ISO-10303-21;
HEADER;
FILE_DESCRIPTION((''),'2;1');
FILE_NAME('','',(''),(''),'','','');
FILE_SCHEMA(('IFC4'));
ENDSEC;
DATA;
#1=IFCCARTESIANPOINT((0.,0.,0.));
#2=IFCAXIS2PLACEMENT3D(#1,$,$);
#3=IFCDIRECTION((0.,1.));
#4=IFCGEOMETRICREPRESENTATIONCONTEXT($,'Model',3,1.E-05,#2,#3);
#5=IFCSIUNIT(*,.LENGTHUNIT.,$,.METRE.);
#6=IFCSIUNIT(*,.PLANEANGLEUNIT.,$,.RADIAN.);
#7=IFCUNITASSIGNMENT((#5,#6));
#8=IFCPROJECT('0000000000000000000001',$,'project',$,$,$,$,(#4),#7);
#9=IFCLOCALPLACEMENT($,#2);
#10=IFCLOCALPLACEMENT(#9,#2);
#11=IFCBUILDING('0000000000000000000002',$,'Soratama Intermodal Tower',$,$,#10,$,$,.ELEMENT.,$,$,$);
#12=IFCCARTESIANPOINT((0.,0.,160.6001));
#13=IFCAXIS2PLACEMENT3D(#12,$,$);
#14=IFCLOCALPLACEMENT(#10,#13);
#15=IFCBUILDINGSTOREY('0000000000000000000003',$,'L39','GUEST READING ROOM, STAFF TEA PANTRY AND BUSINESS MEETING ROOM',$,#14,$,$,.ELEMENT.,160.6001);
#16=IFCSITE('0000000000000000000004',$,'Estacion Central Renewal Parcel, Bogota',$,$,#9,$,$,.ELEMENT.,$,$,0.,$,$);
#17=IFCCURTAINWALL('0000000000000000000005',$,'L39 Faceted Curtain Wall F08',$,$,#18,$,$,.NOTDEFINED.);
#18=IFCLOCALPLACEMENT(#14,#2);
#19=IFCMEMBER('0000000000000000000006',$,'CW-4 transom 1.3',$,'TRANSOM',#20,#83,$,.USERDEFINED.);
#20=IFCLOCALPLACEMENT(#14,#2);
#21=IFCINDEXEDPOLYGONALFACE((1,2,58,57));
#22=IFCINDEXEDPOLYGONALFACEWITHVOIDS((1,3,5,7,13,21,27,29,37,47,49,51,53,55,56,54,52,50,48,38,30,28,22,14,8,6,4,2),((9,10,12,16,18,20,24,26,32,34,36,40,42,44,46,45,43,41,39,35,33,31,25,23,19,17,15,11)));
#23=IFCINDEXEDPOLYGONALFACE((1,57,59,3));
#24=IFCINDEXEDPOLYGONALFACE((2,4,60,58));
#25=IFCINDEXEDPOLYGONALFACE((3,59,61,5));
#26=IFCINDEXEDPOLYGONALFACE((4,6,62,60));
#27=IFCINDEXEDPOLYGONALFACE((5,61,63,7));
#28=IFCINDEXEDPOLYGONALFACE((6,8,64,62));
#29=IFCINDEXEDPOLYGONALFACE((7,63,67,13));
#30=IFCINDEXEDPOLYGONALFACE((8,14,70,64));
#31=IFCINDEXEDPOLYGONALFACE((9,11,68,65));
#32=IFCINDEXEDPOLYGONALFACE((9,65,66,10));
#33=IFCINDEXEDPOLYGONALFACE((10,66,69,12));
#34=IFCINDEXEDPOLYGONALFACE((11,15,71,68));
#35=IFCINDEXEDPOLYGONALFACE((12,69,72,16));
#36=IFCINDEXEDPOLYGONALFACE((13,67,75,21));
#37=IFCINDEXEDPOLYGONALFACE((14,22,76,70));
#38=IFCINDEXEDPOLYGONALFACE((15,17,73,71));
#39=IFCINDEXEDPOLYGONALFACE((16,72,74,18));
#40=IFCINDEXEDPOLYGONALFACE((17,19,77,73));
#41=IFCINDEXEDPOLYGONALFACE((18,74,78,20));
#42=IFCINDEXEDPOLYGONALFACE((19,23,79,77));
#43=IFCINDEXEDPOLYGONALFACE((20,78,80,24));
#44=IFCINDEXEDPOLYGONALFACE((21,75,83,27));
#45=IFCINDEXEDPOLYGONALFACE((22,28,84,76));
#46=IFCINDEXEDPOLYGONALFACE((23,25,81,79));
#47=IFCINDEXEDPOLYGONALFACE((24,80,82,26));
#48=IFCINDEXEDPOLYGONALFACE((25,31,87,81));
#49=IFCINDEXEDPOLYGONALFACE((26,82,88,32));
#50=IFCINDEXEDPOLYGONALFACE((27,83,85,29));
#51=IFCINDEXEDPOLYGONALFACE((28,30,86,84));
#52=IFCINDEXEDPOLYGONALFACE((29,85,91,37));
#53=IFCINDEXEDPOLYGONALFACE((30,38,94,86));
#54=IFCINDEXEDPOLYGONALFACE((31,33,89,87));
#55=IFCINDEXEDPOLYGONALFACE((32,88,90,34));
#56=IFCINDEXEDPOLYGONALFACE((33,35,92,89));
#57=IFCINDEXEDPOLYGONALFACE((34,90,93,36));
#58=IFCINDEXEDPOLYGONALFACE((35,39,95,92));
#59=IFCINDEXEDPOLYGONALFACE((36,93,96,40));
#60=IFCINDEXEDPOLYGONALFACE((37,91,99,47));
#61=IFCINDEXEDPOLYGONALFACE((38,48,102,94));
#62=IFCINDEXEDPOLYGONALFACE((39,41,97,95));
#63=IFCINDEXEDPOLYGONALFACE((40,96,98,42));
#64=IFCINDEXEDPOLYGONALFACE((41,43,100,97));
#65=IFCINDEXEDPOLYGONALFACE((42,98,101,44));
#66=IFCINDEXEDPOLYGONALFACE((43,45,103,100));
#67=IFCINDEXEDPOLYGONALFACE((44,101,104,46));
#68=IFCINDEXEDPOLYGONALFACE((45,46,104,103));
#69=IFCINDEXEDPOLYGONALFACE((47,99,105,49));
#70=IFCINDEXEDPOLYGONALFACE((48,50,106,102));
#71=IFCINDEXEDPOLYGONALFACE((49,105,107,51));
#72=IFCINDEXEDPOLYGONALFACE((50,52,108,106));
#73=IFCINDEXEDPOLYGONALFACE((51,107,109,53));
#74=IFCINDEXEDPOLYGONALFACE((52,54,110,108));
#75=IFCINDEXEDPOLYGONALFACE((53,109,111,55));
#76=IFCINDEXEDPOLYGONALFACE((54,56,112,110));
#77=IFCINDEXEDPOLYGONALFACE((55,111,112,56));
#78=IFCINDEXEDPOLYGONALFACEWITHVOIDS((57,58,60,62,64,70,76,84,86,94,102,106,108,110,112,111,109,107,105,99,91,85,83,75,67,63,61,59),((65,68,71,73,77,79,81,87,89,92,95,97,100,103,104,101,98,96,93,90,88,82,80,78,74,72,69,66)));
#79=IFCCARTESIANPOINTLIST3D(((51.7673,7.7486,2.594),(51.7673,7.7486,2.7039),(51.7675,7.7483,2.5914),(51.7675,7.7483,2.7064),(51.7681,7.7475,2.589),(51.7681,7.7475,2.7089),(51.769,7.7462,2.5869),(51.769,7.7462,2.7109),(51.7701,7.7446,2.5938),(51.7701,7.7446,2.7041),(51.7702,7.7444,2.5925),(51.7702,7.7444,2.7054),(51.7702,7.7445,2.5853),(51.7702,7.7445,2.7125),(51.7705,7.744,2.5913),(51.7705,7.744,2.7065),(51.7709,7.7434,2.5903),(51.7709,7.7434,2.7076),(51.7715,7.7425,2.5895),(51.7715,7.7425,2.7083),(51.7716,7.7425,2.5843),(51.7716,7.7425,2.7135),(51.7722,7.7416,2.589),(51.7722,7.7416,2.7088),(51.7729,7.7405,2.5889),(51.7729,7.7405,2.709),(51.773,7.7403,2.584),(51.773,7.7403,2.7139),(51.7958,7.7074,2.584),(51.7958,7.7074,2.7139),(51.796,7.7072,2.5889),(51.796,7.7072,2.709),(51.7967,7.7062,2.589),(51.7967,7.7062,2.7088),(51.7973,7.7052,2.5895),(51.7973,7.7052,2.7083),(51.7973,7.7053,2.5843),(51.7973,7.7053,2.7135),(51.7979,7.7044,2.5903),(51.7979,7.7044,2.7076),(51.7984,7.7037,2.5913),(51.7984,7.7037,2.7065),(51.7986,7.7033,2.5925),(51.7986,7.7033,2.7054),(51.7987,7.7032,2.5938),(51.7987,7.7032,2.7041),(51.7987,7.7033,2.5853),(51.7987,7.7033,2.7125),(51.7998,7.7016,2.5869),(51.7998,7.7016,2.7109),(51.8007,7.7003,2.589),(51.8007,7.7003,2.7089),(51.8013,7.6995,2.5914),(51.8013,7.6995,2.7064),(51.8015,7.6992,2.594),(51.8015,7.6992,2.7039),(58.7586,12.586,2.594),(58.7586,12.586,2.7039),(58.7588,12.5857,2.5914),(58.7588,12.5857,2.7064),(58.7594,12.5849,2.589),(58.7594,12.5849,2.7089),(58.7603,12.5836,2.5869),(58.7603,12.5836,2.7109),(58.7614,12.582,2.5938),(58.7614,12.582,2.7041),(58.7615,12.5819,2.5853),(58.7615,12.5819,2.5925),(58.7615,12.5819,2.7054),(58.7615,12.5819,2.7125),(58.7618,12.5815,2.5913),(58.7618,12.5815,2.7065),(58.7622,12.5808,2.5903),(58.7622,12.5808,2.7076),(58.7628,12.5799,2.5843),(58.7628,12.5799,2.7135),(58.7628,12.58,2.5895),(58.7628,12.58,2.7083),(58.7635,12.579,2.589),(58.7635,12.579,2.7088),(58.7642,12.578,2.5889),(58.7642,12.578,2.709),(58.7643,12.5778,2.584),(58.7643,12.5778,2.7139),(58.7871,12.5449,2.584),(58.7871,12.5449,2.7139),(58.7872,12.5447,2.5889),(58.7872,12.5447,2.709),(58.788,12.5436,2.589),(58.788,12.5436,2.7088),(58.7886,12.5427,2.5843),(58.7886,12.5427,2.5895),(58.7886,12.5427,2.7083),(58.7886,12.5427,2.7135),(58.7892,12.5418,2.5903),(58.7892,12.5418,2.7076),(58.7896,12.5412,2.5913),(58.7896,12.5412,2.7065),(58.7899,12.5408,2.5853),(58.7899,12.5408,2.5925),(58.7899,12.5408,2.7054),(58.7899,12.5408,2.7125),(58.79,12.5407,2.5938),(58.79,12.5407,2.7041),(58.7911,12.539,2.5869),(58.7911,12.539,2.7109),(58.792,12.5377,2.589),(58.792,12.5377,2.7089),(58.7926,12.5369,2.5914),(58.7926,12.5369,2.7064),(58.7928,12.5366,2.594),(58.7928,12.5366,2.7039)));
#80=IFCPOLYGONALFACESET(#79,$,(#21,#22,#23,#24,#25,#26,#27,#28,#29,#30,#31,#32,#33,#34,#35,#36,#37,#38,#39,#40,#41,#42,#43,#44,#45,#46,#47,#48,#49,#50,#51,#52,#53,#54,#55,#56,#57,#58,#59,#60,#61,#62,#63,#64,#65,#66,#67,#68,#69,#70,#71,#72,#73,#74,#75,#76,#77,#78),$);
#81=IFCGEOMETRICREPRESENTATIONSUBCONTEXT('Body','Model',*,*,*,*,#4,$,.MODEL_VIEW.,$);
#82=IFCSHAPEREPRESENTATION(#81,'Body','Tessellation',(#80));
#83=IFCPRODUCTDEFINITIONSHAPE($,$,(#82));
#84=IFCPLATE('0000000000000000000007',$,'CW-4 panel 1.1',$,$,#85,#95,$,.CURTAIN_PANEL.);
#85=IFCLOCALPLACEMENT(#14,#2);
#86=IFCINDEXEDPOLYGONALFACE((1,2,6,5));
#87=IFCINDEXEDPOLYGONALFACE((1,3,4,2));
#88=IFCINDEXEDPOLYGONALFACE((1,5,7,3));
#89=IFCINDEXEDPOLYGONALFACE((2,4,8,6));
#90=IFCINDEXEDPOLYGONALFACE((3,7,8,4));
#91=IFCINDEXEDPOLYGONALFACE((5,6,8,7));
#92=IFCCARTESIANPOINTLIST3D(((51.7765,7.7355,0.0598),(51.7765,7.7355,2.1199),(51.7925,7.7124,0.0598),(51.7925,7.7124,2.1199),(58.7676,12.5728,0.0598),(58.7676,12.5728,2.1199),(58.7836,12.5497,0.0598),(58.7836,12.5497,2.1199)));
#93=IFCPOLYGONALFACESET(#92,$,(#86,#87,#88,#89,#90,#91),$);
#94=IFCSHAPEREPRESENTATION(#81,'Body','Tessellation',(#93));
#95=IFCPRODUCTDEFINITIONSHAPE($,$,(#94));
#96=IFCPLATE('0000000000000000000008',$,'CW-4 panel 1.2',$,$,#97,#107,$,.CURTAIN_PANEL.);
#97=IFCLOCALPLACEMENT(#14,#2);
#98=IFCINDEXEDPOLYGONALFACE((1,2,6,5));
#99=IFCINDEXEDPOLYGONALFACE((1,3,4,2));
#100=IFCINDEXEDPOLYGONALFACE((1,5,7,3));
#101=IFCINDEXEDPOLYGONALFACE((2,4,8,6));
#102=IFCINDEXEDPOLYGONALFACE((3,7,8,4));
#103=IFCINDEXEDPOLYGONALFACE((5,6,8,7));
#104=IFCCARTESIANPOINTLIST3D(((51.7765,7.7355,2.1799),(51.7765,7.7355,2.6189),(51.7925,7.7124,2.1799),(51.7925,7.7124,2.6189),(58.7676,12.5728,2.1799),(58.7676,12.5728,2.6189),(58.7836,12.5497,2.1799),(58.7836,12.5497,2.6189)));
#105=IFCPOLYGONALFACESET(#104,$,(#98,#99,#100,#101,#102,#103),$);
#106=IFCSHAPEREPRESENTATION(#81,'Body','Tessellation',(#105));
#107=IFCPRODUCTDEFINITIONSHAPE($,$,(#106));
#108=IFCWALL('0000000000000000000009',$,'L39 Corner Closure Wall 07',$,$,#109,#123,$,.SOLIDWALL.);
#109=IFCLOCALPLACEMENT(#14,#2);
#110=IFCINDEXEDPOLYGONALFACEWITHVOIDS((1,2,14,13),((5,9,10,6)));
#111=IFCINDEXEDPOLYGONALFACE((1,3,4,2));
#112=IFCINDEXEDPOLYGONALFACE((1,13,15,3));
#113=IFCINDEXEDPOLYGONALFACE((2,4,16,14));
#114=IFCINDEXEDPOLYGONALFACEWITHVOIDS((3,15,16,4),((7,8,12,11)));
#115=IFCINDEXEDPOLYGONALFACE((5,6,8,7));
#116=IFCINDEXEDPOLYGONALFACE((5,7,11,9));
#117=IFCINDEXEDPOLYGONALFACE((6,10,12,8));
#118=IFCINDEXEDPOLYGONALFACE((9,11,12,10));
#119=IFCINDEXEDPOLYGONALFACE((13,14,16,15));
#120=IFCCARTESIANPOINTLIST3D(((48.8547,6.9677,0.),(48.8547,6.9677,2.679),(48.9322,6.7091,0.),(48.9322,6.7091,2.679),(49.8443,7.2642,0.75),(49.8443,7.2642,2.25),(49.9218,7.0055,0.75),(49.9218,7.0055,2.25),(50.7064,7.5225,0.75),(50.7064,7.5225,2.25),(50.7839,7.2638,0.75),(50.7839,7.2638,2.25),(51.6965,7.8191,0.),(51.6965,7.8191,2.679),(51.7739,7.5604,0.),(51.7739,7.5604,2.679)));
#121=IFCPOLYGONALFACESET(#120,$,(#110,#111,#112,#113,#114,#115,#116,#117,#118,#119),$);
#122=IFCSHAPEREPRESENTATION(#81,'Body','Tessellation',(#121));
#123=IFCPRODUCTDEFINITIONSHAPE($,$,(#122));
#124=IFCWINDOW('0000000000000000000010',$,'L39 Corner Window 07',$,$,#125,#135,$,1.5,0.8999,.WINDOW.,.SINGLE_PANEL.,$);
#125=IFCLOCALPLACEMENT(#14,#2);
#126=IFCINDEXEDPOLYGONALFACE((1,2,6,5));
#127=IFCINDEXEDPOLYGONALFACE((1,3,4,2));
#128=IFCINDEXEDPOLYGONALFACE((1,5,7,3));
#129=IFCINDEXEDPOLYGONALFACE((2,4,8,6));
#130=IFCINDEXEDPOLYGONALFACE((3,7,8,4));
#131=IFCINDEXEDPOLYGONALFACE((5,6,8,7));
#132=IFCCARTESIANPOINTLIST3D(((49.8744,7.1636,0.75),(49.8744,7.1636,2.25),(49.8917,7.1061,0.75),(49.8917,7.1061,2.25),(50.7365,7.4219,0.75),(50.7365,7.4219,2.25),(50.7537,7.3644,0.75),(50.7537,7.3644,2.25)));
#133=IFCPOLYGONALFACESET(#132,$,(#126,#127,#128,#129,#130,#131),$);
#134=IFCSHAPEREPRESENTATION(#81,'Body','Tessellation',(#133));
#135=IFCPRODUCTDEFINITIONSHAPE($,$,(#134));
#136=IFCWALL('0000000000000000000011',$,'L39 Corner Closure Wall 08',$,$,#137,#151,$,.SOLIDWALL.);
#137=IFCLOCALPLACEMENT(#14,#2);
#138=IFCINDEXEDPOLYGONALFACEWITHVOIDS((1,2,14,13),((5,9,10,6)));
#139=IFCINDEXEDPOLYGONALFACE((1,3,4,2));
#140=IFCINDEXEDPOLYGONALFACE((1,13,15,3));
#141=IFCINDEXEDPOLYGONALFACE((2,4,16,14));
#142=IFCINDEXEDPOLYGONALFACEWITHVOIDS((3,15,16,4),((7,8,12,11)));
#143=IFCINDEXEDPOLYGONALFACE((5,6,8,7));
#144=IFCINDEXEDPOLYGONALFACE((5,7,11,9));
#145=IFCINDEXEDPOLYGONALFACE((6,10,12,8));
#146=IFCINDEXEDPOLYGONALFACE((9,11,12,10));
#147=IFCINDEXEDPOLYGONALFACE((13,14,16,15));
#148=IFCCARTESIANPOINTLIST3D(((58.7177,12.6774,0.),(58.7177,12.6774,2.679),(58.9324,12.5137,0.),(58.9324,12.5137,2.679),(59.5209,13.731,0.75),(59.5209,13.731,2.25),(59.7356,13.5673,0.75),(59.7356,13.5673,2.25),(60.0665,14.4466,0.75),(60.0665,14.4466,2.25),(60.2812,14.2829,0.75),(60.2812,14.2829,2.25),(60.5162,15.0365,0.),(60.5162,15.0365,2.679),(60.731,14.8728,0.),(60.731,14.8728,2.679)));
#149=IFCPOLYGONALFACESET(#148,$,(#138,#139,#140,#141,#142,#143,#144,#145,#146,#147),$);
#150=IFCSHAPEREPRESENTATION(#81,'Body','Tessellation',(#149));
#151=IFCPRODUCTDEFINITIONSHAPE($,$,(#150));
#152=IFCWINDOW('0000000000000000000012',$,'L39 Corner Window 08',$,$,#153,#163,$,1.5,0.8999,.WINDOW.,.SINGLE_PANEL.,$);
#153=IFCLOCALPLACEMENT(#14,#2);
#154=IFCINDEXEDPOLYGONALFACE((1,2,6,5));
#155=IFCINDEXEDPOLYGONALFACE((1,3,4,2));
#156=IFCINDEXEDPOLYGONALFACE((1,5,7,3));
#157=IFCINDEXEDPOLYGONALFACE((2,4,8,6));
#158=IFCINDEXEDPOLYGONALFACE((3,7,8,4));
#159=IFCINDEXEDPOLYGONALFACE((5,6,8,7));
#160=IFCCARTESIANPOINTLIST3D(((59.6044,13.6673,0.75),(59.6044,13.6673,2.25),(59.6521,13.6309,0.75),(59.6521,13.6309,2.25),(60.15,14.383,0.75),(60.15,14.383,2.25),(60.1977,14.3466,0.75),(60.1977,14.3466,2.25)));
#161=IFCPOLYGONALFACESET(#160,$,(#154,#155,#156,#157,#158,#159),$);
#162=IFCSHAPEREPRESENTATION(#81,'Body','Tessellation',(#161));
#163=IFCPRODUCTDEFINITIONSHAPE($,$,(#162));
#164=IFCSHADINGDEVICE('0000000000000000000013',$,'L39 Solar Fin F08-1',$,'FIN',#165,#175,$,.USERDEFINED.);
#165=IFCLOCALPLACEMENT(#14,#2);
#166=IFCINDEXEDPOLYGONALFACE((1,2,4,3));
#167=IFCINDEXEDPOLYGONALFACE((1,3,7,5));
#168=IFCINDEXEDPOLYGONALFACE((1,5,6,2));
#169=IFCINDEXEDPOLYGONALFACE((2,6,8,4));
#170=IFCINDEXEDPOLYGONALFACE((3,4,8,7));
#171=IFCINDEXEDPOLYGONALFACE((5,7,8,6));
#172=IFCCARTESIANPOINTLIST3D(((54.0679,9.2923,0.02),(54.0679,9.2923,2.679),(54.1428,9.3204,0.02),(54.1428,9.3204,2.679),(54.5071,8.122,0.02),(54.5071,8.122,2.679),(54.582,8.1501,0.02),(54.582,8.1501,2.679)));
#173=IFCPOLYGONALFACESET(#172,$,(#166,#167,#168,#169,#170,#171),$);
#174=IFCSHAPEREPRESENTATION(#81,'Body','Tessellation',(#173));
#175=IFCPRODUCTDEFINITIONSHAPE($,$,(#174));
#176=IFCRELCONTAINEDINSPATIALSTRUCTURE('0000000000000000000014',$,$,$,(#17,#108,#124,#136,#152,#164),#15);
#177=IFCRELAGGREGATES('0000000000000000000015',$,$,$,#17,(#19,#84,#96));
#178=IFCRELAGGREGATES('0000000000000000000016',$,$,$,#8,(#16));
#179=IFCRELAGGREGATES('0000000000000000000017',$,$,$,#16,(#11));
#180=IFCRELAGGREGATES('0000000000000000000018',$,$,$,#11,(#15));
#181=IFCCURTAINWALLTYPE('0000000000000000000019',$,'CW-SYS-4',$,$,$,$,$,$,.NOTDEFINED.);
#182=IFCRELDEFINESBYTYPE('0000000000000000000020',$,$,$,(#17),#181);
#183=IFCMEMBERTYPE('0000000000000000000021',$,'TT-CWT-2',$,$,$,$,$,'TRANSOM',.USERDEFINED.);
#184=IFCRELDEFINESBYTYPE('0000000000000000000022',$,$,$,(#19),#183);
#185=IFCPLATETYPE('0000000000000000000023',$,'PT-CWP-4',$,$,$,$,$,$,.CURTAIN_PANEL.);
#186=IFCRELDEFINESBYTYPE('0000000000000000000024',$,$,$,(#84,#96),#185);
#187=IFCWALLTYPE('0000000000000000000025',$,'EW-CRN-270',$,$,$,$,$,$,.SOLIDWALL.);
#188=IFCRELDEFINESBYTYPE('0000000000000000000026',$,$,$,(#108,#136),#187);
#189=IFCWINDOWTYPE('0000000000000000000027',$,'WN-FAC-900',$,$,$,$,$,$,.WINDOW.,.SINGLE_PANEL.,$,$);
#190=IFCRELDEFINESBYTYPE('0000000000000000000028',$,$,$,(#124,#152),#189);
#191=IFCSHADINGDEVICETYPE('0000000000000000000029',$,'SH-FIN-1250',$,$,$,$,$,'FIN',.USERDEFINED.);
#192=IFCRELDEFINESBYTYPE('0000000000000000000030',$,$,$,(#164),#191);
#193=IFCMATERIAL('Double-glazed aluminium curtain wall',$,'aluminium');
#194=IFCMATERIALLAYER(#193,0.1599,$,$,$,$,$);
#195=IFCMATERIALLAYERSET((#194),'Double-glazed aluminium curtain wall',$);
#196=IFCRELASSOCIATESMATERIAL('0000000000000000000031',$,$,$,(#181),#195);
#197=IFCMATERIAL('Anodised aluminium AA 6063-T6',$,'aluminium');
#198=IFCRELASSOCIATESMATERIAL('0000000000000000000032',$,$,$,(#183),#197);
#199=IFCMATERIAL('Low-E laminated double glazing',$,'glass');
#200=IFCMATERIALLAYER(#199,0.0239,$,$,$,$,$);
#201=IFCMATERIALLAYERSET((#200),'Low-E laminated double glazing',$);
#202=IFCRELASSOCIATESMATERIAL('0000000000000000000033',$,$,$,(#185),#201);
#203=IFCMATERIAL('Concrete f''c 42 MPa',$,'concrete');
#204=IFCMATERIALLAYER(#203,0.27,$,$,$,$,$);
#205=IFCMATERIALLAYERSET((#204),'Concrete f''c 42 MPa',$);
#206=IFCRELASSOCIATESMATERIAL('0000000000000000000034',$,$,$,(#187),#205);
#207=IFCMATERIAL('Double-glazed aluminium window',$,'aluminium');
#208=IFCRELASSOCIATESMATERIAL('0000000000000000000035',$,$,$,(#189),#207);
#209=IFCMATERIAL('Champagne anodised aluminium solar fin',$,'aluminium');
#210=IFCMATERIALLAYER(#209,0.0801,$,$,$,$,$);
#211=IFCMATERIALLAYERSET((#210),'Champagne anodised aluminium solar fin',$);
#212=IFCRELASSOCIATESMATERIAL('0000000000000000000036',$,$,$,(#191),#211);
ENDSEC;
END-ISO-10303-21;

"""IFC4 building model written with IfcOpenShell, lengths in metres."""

from ifc_helpers import new_model, si_unit, direction, frame, frame_2d, origin, origin_2d, place, context, subcontext, project, spatial, rectangle, hollow_rectangle, extrude, material, layer, layer_set, material_profile, profile_set, type_object, element, fill, aggregate, save


model = new_model("IFC4")

# Units and contexts
model_context = context("Model", 3, precision=1e-05, world=origin(), true_north=direction((0.0, 1.0)))
body_context = subcontext(model_context, "Body", "Model", "MODEL_VIEW")
ifc_project = project(units=[si_unit("LENGTHUNIT", "METRE"), si_unit("PLANEANGLEUNIT", "RADIAN")], contexts=[model_context])

# Site, building, storey
site_placement = place(None, origin())
site = spatial("IfcSite", under=ifc_project, at=site_placement, Name="Estacion Central Renewal Parcel, Bogota", CompositionType="ELEMENT", RefElevation=0.0)
building_placement = place(site_placement, origin())
building = spatial("IfcBuilding", under=site, at=building_placement, Name="Soratama Intermodal Tower", CompositionType="ELEMENT")
storey_placement = place(building_placement, frame((0.0, 0.0, 160.6001)))
storey = spatial("IfcBuildingStorey", under=building, at=storey_placement, Name="L39", Description="GUEST READING ROOM, STAFF TEA PANTRY AND BUSINESS MEETING ROOM", CompositionType="ELEMENT", Elevation=160.6001)

# Curtain wall, member, plates
ifc_material_1 = material(Name="Double-glazed aluminium curtain wall", Category="aluminium")
ifc_layer_1 = layer(ifc_material_1, 0.1599)
ifc_layer_set_1 = layer_set([ifc_layer_1], Name="Double-glazed aluminium curtain wall")
curtain_wall_type = type_object("IfcCurtainWallType", Name="CW-SYS-4", PredefinedType="NOTDEFINED", material=ifc_layer_set_1)
curtain_wall_placement = place(storey_placement, origin())
curtain_wall = element("IfcCurtainWall", 1, at=curtain_wall_placement, inside=storey, type_object=curtain_wall_type, Name="L39 Faceted Curtain Wall F08", PredefinedType="NOTDEFINED")
ifc_material_2 = material(Name="Anodised aluminium AA 6063-T6", Category="aluminium")
ifc_material_profile_1 = material_profile(ifc_material_2, hollow_rectangle(XDim=0.0601, YDim=0.1299, WallThickness=0.0049, InnerFilletRadius=0.0049, OuterFilletRadius=0.01, at=origin_2d()), Name="CWT130X60X5")
ifc_profile_set_1 = profile_set([ifc_material_profile_1], Name="Anodised aluminium AA 6063-T6")
member_type_1 = type_object("IfcMemberType", Name="TT-CWT-2", ElementType="TRANSOM", PredefinedType="USERDEFINED", material=ifc_profile_set_1)
member_1_placement = place(storey_placement, frame((51.7844, 7.7239, 2.6489), z_axis=(0.822339, 0.568998, 0.0), x_axis=(-0.568998, 0.822339, 0.0)))
member_1 = element("IfcMember", 2, at=member_1_placement, type_object=member_type_1, Name="CW-4 transom 1.3", ObjectType="TRANSOM", PredefinedType="USERDEFINED", context=body_context, shape_type="SweptSolid", body=[
    extrude(hollow_rectangle(XDim=0.0601, YDim=0.1299, WallThickness=0.0049, InnerFilletRadius=0.0049, OuterFilletRadius=0.01, at=origin_2d()), origin(), (0.0, 0.0, 1.0), 8.5017),
])
ifc_material_3 = material(Name="Low-E laminated double glazing", Category="glass")
ifc_layer_2 = layer(ifc_material_3, 0.0239)
ifc_layer_set_2 = layer_set([ifc_layer_2], Name="Low-E laminated double glazing")
plate_type = type_object("IfcPlateType", Name="PT-CWP-4", PredefinedType="CURTAIN_PANEL", material=ifc_layer_set_2)
plate_1_placement = place(storey_placement, frame((55.28, 10.1426, 0.0598), z_axis=(0.0, 0.0, 1.0), x_axis=(0.822344, 0.568991, 0.0)))
plate_1 = element("IfcPlate", 3, at=plate_1_placement, type_object=plate_type, Name="CW-4 panel 1.1", PredefinedType="CURTAIN_PANEL", context=body_context, shape_type="SweptSolid", body=[
    extrude(rectangle(XDim=8.5015, YDim=0.0281, at=origin_2d()), origin(), (0.0, 0.0, 1.0), 2.0601),
])
plate_2_placement = place(storey_placement, frame((55.28, 10.1426, 2.1799), z_axis=(0.0, 0.0, 1.0), x_axis=(0.822344, 0.568991, 0.0)))
plate_2 = element("IfcPlate", 4, at=plate_2_placement, type_object=plate_type, Name="CW-4 panel 1.2", PredefinedType="CURTAIN_PANEL", context=body_context, shape_type="SweptSolid", body=[
    extrude(rectangle(XDim=8.5015, YDim=0.0281, at=origin_2d()), origin(), (0.0, 0.0, 1.0), 0.439),
])
aggregate(curtain_wall, [member_1, plate_1, plate_2])

# Walls, openings, windows
ifc_material_4 = material(Name="Concrete f'c 42 MPa", Category="concrete")
ifc_layer_3 = layer(ifc_material_4, 0.27)
ifc_layer_set_3 = layer_set([ifc_layer_3], Name="Concrete f'c 42 MPa")
wall_type = type_object("IfcWallType", Name="EW-CRN-270", PredefinedType="SOLIDWALL", material=ifc_layer_set_3)
wall_1_placement = place(storey_placement, frame((48.8933, 6.8384, 0.0), z_axis=(0.0, 0.0, 1.0), x_axis=(0.957939, 0.28697, 0.0)))
wall_1 = element("IfcWall", 5, at=wall_1_placement, inside=storey, type_object=wall_type, Name="L39 Corner Closure Wall 07", PredefinedType="SOLIDWALL", context=body_context, shape_type="SweptSolid", body=[
    extrude(rectangle(XDim=2.9666, YDim=0.27, at=frame_2d((1.4834, 0.0))), origin(), (0.0, 0.0, 1.0), 2.679),
])
opening_1_placement = place(wall_1_placement, frame((1.0332, 0.0, 0.75)))
opening_1 = element("IfcOpeningElement", 6, at=opening_1_placement, cuts=wall_1, PredefinedType="OPENING", context=body_context, shape_type="SweptSolid", body=[
    extrude(rectangle(XDim=0.8999, YDim=1.5, at=frame_2d((0.45, 0.75))), frame((0.0, 0.145, 0.0), z_axis=(0.0, -1.0, 0.0), x_axis=(1.0, 0.0, 0.0)), (0.0, 0.0, 1.0), 0.29),
])
ifc_material_5 = material(Name="Double-glazed aluminium window", Category="aluminium")
window_type = type_object("IfcWindowType", Name="WN-FAC-900", PartitioningType="SINGLE_PANEL", PredefinedType="WINDOW", material=ifc_material_5)
window_1_placement = place(opening_1_placement, origin())
window_1 = element("IfcWindow", 7, at=window_1_placement, inside=storey, type_object=window_type, Name="L39 Corner Window 07", OverallHeight=1.5, OverallWidth=0.8999, PartitioningType="SINGLE_PANEL", PredefinedType="WINDOW", context=body_context, shape_type="SweptSolid", body=[
    extrude(rectangle(XDim=0.8999, YDim=1.5, at=frame_2d((0.45, 0.75))), frame((0.0, 0.03, 0.0), z_axis=(0.0, -1.0, 0.0), x_axis=(1.0, 0.0, 0.0)), (0.0, 0.0, 1.0), 0.0601),
])
fill(opening_1, window_1)
wall_2_placement = place(storey_placement, frame((58.825, 12.5955, 0.0), z_axis=(0.0, 0.0, 1.0), x_axis=(0.606289, 0.795245, 0.0)))
wall_2 = element("IfcWall", 8, at=wall_2_placement, inside=storey, type_object=wall_type, Name="L39 Corner Closure Wall 08", PredefinedType="SOLIDWALL", context=body_context, shape_type="SweptSolid", body=[
    extrude(rectangle(XDim=2.9666, YDim=0.27, at=frame_2d((1.4834, 0.0))), origin(), (0.0, 0.0, 1.0), 2.679),
])
opening_2_placement = place(wall_2_placement, frame((1.325, 0.0, 0.75)))
opening_2 = element("IfcOpeningElement", 9, at=opening_2_placement, cuts=wall_2, PredefinedType="OPENING", context=body_context, shape_type="SweptSolid", body=[
    extrude(rectangle(XDim=0.8999, YDim=1.5, at=frame_2d((0.45, 0.75))), frame((0.0, 0.145, 0.0), z_axis=(0.0, -1.0, 0.0), x_axis=(1.0, 0.0, 0.0)), (0.0, 0.0, 1.0), 0.29),
])
window_2_placement = place(opening_2_placement, origin())
window_2 = element("IfcWindow", 10, at=window_2_placement, inside=storey, type_object=window_type, Name="L39 Corner Window 08", OverallHeight=1.5, OverallWidth=0.8999, PartitioningType="SINGLE_PANEL", PredefinedType="WINDOW", context=body_context, shape_type="SweptSolid", body=[
    extrude(rectangle(XDim=0.8999, YDim=1.5, at=frame_2d((0.45, 0.75))), frame((0.0, 0.03, 0.0), z_axis=(0.0, -1.0, 0.0), x_axis=(1.0, 0.0, 0.0)), (0.0, 0.0, 1.0), 0.0601),
])
fill(opening_2, window_2)

# Shading device
ifc_material_6 = material(Name="Champagne anodised aluminium solar fin", Category="aluminium")
ifc_layer_4 = layer(ifc_material_6, 0.0801)
ifc_layer_set_4 = layer_set([ifc_layer_4], Name="Champagne anodised aluminium solar fin")
shading_device_type = type_object("IfcShadingDeviceType", Name="SH-FIN-1250", ElementType="FIN", PredefinedType="USERDEFINED", material=ifc_layer_set_4)
for number, where, z_axis, x_axis, name in (
    (11, (54.325, 8.7212, 0.02), (0.0, 0.0, 1.0), (0.351351, -0.936244, 0.0), "L39 Solar Fin F08-1"),
):
    element("IfcShadingDevice", number, at=place(storey_placement, frame(where, z_axis=z_axis, x_axis=x_axis)), inside=storey, type_object=shading_device_type, Name=name, ObjectType="FIN", PredefinedType="USERDEFINED", context=body_context, shape_type="SweptSolid", body=[
        extrude(rectangle(XDim=1.25, YDim=0.0801, at=origin_2d()), origin(), (0.0, 0.0, 1.0), 2.6589),
    ])

save(model, "model.ifc")
